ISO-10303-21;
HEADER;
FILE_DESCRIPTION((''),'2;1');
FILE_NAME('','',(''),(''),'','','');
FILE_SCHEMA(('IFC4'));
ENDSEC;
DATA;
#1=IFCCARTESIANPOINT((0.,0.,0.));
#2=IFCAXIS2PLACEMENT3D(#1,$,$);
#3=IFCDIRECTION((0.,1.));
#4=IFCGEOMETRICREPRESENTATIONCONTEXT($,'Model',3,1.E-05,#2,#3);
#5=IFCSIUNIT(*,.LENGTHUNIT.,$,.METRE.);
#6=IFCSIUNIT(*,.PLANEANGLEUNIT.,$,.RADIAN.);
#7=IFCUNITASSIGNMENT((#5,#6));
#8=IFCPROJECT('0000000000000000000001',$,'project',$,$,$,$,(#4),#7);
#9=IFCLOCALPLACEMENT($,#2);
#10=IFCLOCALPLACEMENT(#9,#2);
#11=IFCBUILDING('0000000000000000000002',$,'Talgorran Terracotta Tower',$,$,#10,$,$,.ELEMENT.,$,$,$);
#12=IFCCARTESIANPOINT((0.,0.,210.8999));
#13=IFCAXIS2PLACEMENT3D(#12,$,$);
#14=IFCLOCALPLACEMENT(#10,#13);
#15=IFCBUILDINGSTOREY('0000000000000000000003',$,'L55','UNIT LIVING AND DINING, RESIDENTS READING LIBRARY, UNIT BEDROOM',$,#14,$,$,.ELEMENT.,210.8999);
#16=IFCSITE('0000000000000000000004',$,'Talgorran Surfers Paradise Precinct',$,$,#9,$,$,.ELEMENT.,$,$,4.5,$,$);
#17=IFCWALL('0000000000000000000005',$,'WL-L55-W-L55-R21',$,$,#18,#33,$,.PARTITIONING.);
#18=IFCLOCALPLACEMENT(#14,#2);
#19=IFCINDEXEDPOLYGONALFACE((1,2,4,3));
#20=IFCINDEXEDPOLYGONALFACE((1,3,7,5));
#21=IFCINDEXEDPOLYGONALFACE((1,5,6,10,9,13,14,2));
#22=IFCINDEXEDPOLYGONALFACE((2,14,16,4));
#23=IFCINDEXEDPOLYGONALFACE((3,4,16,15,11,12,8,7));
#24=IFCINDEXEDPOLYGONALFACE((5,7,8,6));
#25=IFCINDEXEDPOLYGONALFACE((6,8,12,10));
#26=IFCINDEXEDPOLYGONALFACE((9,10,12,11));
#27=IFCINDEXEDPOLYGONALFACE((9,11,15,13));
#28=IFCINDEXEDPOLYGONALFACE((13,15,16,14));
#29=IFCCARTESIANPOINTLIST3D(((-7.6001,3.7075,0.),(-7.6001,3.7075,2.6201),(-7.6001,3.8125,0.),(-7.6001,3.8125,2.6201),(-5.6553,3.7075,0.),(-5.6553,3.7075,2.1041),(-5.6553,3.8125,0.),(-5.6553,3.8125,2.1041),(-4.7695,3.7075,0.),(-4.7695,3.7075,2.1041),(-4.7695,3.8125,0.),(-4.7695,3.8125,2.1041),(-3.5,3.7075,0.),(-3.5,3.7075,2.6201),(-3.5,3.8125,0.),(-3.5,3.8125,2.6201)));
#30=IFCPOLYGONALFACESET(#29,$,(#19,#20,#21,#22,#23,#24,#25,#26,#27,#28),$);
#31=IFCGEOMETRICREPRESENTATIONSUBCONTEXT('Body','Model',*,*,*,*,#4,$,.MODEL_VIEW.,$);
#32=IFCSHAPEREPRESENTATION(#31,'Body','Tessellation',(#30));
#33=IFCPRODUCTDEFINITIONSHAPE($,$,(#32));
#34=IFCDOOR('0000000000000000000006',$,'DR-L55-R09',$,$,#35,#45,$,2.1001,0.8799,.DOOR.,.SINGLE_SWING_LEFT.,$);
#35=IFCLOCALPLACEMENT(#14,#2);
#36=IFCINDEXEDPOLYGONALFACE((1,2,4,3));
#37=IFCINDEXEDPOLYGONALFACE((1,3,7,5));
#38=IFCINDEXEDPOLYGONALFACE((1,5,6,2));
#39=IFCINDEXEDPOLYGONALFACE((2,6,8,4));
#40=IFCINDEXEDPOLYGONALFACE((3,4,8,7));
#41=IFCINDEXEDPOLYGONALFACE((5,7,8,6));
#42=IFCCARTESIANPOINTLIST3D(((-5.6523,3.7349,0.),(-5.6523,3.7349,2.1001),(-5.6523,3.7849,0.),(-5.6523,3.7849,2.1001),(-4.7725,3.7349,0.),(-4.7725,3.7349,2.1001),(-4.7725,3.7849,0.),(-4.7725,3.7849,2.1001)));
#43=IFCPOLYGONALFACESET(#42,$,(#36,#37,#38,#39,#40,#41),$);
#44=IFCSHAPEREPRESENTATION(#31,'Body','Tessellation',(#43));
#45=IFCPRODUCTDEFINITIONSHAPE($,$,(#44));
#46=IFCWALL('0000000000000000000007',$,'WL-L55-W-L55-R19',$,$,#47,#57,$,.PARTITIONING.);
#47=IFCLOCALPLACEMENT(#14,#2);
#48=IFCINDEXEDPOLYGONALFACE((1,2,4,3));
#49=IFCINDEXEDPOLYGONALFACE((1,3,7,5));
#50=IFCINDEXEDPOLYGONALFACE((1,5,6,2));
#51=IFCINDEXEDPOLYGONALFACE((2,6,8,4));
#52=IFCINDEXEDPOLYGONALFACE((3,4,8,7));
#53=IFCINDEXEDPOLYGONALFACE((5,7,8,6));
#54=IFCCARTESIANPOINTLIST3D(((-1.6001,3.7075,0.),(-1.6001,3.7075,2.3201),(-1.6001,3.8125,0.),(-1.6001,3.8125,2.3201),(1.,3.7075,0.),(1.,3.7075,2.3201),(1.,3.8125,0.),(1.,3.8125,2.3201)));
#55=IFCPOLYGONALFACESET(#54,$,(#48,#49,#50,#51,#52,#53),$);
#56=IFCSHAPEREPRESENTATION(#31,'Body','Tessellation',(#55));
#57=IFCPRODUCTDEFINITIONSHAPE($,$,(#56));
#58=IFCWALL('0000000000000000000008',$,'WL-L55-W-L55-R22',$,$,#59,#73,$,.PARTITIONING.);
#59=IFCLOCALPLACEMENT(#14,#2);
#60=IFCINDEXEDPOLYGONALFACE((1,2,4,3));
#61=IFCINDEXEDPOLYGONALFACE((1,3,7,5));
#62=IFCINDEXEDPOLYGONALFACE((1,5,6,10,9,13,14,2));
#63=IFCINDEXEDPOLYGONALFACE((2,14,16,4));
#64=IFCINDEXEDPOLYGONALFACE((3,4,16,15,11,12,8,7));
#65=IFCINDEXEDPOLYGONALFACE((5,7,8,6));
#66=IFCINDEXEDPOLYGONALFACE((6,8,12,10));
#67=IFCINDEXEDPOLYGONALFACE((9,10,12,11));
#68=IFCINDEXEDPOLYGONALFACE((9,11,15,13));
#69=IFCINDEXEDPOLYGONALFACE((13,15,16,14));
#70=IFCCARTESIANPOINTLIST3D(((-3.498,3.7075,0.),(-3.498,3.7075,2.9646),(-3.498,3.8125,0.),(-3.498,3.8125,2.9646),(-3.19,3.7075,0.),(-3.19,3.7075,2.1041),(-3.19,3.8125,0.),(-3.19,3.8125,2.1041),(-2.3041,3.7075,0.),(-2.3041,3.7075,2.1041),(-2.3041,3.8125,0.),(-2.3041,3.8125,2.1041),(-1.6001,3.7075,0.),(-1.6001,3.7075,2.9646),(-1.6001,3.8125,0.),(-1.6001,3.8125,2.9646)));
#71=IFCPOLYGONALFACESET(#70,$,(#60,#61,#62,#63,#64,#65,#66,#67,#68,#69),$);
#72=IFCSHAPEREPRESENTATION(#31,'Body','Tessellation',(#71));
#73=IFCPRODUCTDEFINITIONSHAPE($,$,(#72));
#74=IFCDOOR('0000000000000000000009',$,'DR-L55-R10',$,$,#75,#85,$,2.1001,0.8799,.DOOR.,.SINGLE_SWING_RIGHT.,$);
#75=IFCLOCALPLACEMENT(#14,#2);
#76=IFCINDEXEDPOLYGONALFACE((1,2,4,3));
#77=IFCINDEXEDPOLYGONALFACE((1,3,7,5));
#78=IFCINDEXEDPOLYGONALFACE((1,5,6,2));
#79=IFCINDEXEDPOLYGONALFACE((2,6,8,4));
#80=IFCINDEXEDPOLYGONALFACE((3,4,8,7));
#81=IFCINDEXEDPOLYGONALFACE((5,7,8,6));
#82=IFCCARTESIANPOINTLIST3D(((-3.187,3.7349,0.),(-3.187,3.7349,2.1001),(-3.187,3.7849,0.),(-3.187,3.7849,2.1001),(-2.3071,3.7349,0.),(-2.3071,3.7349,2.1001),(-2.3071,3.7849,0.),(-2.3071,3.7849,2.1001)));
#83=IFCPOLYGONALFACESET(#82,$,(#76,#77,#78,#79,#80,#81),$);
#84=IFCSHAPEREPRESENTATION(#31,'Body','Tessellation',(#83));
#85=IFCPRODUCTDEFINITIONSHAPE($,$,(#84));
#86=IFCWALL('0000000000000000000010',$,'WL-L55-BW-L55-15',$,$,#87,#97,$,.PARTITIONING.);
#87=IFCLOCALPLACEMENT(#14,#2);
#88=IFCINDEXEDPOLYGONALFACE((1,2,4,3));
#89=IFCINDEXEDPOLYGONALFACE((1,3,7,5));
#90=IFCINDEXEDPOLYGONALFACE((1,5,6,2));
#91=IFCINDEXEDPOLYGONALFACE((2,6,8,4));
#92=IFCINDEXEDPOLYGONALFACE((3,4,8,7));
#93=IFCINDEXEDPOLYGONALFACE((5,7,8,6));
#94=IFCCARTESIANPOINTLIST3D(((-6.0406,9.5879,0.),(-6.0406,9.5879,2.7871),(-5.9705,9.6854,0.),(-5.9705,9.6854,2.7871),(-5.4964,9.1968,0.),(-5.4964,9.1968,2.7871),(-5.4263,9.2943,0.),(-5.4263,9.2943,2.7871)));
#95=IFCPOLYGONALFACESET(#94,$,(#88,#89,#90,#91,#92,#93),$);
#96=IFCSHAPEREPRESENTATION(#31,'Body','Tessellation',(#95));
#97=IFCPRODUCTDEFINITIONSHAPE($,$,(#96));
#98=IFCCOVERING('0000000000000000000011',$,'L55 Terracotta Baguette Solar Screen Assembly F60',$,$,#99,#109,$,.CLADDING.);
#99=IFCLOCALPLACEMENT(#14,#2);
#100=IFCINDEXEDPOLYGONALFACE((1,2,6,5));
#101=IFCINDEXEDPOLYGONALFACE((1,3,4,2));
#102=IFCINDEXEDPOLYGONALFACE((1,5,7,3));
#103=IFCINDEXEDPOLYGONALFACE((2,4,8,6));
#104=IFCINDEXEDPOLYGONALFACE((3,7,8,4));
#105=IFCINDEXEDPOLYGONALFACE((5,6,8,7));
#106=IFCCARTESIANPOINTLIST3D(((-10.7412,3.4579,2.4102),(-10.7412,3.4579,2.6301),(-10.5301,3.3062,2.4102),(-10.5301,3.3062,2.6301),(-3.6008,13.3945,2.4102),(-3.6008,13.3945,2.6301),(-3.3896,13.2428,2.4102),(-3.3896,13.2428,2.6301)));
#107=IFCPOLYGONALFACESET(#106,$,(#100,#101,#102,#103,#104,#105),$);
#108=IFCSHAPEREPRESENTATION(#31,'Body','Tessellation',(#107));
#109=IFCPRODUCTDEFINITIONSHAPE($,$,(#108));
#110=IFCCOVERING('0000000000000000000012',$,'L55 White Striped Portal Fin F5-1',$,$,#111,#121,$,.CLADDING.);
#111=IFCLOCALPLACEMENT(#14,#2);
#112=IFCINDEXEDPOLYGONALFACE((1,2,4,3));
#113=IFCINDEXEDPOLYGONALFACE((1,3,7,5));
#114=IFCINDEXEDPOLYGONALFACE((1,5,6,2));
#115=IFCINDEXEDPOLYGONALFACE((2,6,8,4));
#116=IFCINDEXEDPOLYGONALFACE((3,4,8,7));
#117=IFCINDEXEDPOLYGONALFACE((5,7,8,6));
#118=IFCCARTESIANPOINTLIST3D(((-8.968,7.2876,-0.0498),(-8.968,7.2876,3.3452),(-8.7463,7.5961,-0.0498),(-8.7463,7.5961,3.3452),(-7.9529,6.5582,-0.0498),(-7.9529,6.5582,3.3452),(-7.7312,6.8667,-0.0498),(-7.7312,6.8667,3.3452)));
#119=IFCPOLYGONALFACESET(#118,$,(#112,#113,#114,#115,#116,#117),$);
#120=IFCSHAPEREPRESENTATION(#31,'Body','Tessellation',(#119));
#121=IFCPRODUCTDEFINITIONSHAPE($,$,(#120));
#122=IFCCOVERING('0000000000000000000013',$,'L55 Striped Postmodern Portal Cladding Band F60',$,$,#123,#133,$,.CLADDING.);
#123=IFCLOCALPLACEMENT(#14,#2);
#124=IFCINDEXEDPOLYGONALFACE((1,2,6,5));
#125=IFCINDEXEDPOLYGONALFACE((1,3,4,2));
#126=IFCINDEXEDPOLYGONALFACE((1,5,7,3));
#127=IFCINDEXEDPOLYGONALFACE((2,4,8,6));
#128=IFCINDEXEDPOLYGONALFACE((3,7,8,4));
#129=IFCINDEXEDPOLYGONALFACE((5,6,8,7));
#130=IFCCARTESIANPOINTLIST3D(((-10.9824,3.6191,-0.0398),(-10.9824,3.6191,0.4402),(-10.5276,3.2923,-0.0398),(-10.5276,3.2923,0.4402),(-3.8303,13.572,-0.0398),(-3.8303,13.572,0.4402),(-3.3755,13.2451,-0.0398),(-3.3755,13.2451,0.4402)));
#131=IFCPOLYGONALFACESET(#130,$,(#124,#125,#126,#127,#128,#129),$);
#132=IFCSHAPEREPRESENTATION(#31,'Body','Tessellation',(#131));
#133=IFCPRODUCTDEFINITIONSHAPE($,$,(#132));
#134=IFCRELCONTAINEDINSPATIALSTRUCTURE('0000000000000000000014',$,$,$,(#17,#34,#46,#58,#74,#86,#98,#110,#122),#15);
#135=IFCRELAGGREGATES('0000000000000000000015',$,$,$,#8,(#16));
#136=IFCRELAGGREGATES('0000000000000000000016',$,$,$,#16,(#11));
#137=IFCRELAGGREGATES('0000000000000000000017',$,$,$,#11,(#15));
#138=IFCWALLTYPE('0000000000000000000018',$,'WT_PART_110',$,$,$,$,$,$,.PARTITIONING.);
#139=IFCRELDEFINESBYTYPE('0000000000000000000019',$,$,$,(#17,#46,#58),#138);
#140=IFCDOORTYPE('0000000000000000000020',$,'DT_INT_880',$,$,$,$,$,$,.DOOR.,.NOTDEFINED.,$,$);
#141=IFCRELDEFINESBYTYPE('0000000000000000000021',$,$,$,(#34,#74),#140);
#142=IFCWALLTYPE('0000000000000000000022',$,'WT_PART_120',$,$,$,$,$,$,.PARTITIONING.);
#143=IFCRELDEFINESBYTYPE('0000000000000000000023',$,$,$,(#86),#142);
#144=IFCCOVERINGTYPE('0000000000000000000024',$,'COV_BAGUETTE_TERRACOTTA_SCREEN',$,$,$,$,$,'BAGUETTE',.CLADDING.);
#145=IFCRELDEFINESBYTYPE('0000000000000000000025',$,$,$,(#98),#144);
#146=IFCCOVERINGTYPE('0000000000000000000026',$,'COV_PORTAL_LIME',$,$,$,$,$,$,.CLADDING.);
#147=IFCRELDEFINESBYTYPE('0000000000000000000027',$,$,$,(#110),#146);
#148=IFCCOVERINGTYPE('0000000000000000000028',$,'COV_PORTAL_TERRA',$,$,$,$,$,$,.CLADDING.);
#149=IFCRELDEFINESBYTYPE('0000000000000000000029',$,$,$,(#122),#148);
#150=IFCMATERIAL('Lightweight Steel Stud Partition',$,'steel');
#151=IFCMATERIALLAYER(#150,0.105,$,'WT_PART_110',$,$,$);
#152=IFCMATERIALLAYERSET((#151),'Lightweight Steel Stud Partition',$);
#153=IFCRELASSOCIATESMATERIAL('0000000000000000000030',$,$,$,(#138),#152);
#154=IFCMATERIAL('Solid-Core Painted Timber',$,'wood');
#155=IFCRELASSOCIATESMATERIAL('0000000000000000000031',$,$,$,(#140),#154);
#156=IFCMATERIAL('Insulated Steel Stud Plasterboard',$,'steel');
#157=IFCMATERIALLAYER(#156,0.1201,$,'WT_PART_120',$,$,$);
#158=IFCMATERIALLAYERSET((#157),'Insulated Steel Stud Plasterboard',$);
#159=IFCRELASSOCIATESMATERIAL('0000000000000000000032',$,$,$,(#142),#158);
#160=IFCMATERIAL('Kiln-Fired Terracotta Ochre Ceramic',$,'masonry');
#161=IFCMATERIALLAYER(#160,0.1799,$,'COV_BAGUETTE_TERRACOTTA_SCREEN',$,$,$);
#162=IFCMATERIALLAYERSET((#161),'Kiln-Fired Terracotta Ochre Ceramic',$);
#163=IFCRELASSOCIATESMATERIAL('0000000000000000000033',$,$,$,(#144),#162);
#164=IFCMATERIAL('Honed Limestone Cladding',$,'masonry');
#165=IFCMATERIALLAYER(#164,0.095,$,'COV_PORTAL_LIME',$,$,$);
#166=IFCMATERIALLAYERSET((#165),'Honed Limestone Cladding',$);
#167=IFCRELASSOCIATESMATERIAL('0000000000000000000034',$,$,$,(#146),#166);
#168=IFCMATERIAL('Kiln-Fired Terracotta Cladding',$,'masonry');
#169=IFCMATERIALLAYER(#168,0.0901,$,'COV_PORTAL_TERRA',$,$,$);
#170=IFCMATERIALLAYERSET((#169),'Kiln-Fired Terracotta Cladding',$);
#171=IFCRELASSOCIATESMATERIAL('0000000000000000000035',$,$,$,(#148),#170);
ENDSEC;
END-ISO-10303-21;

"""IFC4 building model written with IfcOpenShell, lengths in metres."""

from ifc_helpers import new_model, si_unit, direction, frame, frame_2d, origin, origin_2d, place, context, subcontext, project, spatial, rectangle, extrude, material, layer, layer_set, type_object, element, fill, save


model = new_model("IFC4")

# Units and contexts
model_context = context("Model", 3, precision=1e-05, world=origin(), true_north=direction((0.0, 1.0)))
body_context = subcontext(model_context, "Body", "Model", "MODEL_VIEW")
ifc_project = project(units=[si_unit("LENGTHUNIT", "METRE"), si_unit("PLANEANGLEUNIT", "RADIAN")], contexts=[model_context])

# Site, building, storey
site_placement = place(None, origin())
site = spatial("IfcSite", under=ifc_project, at=site_placement, Name="Talgorran Surfers Paradise Precinct", CompositionType="ELEMENT", RefElevation=4.5)
building_placement = place(site_placement, origin())
building = spatial("IfcBuilding", under=site, at=building_placement, Name="Talgorran Terracotta Tower", CompositionType="ELEMENT")
storey_placement = place(building_placement, frame((0.0, 0.0, 210.8999)))
storey = spatial("IfcBuildingStorey", under=building, at=storey_placement, Name="L55", Description="UNIT LIVING AND DINING, RESIDENTS READING LIBRARY, UNIT BEDROOM", CompositionType="ELEMENT", Elevation=210.8999)

# Shared definitions
ifc_material_1 = material(Name="Lightweight Steel Stud Partition", Category="steel")
ifc_layer_1 = layer(ifc_material_1, 0.105, Name="WT_PART_110")
ifc_layer_set_1 = layer_set([ifc_layer_1], Name="Lightweight Steel Stud Partition")
wall_type_1 = type_object("IfcWallType", Name="WT_PART_110", PredefinedType="PARTITIONING", material=ifc_layer_set_1)

# Wall, opening, door
ifc_material_2 = material(Name="Solid-Core Painted Timber", Category="wood")
door_type_1 = type_object("IfcDoorType", Name="DT_INT_880", OperationType="NOTDEFINED", PredefinedType="DOOR", material=ifc_material_2)
wall_1_placement = place(storey_placement, frame((-7.6001, 3.76, 0.0), z_axis=(0.0, 0.0, 1.0), x_axis=(1.0, 0.0, 0.0)))
wall_1 = element("IfcWall", 1, at=wall_1_placement, inside=storey, type_object=wall_type_1, Name="WL-L55-W-L55-R21", PredefinedType="PARTITIONING", context=body_context, shape_type="SweptSolid", body=[
    extrude(rectangle(XDim=4.1001, YDim=0.105, at=frame_2d((2.05, 0.0))), origin(), (0.0, 0.0, 1.0), 2.6201),
])
opening_1_placement = place(wall_1_placement, frame((1.9478, 0.0, 0.0)))
opening_1 = element("IfcOpeningElement", 2, at=opening_1_placement, cuts=wall_1, PredefinedType="OPENING", context=body_context, shape_type="SweptSolid", body=[
    extrude(rectangle(XDim=0.8859, YDim=2.1041, at=frame_2d((0.4399, 1.052))), frame((0.0, 0.0625, 0.0), z_axis=(0.0, -1.0, 0.0), x_axis=(1.0, 0.0, 0.0)), (0.0, 0.0, 1.0), 0.125),
])
door_1_placement = place(opening_1_placement, origin())
door_1 = element("IfcDoor", 3, at=door_1_placement, inside=storey, type_object=door_type_1, Name="DR-L55-R09", OperationType="SINGLE_SWING_LEFT", OverallHeight=2.1001, OverallWidth=0.8799, PredefinedType="DOOR", context=body_context, shape_type="SweptSolid", body=[
    extrude(rectangle(XDim=0.8799, YDim=2.1001, at=frame_2d((0.4399, 1.05))), frame((0.0, 0.0249, 0.0), z_axis=(0.0, -1.0, 0.0), x_axis=(1.0, 0.0, 0.0)), (0.0, 0.0, 1.0), 0.05),
])
fill(opening_1, door_1)

# Wall
wall_2_placement = place(storey_placement, frame((-1.6001, 3.76, 0.0), z_axis=(0.0, 0.0, 1.0), x_axis=(1.0, 0.0, 0.0)))
element("IfcWall", 4, at=wall_2_placement, inside=storey, type_object=wall_type_1, Name="WL-L55-W-L55-R19", PredefinedType="PARTITIONING", context=body_context, shape_type="SweptSolid", body=[
    extrude(rectangle(XDim=2.6001, YDim=0.105, at=frame_2d((1.3, 0.0))), origin(), (0.0, 0.0, 1.0), 2.3201),
])

# Wall, opening, door
wall_3_placement = place(storey_placement, frame((-3.498, 3.76, 0.0), z_axis=(0.0, 0.0, 1.0), x_axis=(1.0, 0.0, 0.0)))
wall_3 = element("IfcWall", 5, at=wall_3_placement, inside=storey, type_object=wall_type_1, Name="WL-L55-W-L55-R22", PredefinedType="PARTITIONING", context=body_context, shape_type="SweptSolid", body=[
    extrude(rectangle(XDim=1.8979, YDim=0.105, at=frame_2d((0.949, 0.0))), origin(), (0.0, 0.0, 1.0), 2.9646),
])
opening_2_placement = place(wall_3_placement, frame((0.311, 0.0, 0.0)))
opening_2 = element("IfcOpeningElement", 6, at=opening_2_placement, cuts=wall_3, PredefinedType="OPENING", context=body_context, shape_type="SweptSolid", body=[
    extrude(rectangle(XDim=0.8859, YDim=2.1041, at=frame_2d((0.4399, 1.052))), frame((0.0, 0.0625, 0.0), z_axis=(0.0, -1.0, 0.0), x_axis=(1.0, 0.0, 0.0)), (0.0, 0.0, 1.0), 0.125),
])
door_2_placement = place(opening_2_placement, origin())
door_2 = element("IfcDoor", 7, at=door_2_placement, inside=storey, type_object=door_type_1, Name="DR-L55-R10", OperationType="SINGLE_SWING_RIGHT", OverallHeight=2.1001, OverallWidth=0.8799, PredefinedType="DOOR", context=body_context, shape_type="SweptSolid", body=[
    extrude(rectangle(XDim=0.8799, YDim=2.1001, at=frame_2d((0.4399, 1.05))), frame((0.0, 0.0249, 0.0), z_axis=(0.0, -1.0, 0.0), x_axis=(1.0, 0.0, 0.0)), (0.0, 0.0, 1.0), 0.05),
])
fill(opening_2, door_2)

# Wall
ifc_material_3 = material(Name="Insulated Steel Stud Plasterboard", Category="steel")
ifc_layer_2 = layer(ifc_material_3, 0.1201, Name="WT_PART_120")
ifc_layer_set_2 = layer_set([ifc_layer_2], Name="Insulated Steel Stud Plasterboard")
wall_type_2 = type_object("IfcWallType", Name="WT_PART_120", PredefinedType="PARTITIONING", material=ifc_layer_set_2)
wall_4_placement = place(storey_placement, frame((-5.4614, 9.2456, 0.0), z_axis=(0.0, 0.0, 1.0), x_axis=(-0.812032, 0.583614, 0.0)))
element("IfcWall", 8, at=wall_4_placement, inside=storey, type_object=wall_type_2, Name="WL-L55-BW-L55-15", PredefinedType="PARTITIONING", context=body_context, shape_type="SweptSolid", body=[
    extrude(rectangle(XDim=0.6702, YDim=0.1201, at=frame_2d((0.335, 0.0))), origin(), (0.0, 0.0, 1.0), 2.7871),
])

# Coverings
ifc_material_4 = material(Name="Kiln-Fired Terracotta Ochre Ceramic", Category="masonry")
ifc_layer_3 = layer(ifc_material_4, 0.1799, Name="COV_BAGUETTE_TERRACOTTA_SCREEN")
ifc_layer_set_3 = layer_set([ifc_layer_3], Name="Kiln-Fired Terracotta Ochre Ceramic")
covering_type_1 = type_object("IfcCoveringType", Name="COV_BAGUETTE_TERRACOTTA_SCREEN", ElementType="BAGUETTE", PredefinedType="CLADDING", material=ifc_layer_set_3)
covering_1_placement = place(storey_placement, frame((-7.0654, 8.3503, 2.4102), z_axis=(0.0, 0.0, 1.0), x_axis=(-0.583555, -0.812073, 0.0)))
element("IfcCovering", 9, at=covering_1_placement, inside=storey, type_object=covering_type_1, Name="L55 Terracotta Baguette Solar Screen Assembly F60", PredefinedType="CLADDING", context=body_context, shape_type="SweptSolid", body=[
    extrude(rectangle(XDim=12.2361, YDim=0.26, at=origin_2d()), origin(), (0.0, 0.0, 1.0), 0.22),
])
ifc_material_5 = material(Name="Honed Limestone Cladding", Category="masonry")
ifc_layer_4 = layer(ifc_material_5, 0.095, Name="COV_PORTAL_LIME")
ifc_layer_set_4 = layer_set([ifc_layer_4], Name="Honed Limestone Cladding")
covering_type_2 = type_object("IfcCoveringType", Name="COV_PORTAL_LIME", PredefinedType="CLADDING", material=ifc_layer_set_4)
covering_2_placement = place(storey_placement, frame((-8.3496, 7.0771, -0.0498), z_axis=(0.0, 0.0, 1.0), x_axis=(-0.583555, -0.812073, 0.0)))
element("IfcCovering", 10, at=covering_2_placement, inside=storey, type_object=covering_type_2, Name="L55 White Striped Portal Fin F5-1", PredefinedType="CLADDING", context=body_context, shape_type="SweptSolid", body=[
    extrude(rectangle(XDim=0.3799, YDim=1.25, at=origin_2d()), origin(), (0.0, 0.0, 1.0), 3.395),
])
ifc_material_6 = material(Name="Kiln-Fired Terracotta Cladding", Category="masonry")
ifc_layer_5 = layer(ifc_material_6, 0.0901, Name="COV_PORTAL_TERRA")
ifc_layer_set_5 = layer_set([ifc_layer_5], Name="Kiln-Fired Terracotta Cladding")
covering_type_3 = type_object("IfcCoveringType", Name="COV_PORTAL_TERRA", PredefinedType="CLADDING", material=ifc_layer_set_5)
covering_3_placement = place(storey_placement, frame((-7.179, 8.4321, -0.0398), z_axis=(0.0, 0.0, 1.0), x_axis=(-0.583555, -0.812073, 0.0)))
element("IfcCovering", 11, at=covering_3_placement, inside=storey, type_object=covering_type_3, Name="L55 Striped Postmodern Portal Cladding Band F60", PredefinedType="CLADDING", context=body_context, shape_type="SweptSolid", body=[
    extrude(rectangle(XDim=12.2561, YDim=0.5601, at=origin_2d()), origin(), (0.0, 0.0, 1.0), 0.48),
])

save(model, "model.ifc")
